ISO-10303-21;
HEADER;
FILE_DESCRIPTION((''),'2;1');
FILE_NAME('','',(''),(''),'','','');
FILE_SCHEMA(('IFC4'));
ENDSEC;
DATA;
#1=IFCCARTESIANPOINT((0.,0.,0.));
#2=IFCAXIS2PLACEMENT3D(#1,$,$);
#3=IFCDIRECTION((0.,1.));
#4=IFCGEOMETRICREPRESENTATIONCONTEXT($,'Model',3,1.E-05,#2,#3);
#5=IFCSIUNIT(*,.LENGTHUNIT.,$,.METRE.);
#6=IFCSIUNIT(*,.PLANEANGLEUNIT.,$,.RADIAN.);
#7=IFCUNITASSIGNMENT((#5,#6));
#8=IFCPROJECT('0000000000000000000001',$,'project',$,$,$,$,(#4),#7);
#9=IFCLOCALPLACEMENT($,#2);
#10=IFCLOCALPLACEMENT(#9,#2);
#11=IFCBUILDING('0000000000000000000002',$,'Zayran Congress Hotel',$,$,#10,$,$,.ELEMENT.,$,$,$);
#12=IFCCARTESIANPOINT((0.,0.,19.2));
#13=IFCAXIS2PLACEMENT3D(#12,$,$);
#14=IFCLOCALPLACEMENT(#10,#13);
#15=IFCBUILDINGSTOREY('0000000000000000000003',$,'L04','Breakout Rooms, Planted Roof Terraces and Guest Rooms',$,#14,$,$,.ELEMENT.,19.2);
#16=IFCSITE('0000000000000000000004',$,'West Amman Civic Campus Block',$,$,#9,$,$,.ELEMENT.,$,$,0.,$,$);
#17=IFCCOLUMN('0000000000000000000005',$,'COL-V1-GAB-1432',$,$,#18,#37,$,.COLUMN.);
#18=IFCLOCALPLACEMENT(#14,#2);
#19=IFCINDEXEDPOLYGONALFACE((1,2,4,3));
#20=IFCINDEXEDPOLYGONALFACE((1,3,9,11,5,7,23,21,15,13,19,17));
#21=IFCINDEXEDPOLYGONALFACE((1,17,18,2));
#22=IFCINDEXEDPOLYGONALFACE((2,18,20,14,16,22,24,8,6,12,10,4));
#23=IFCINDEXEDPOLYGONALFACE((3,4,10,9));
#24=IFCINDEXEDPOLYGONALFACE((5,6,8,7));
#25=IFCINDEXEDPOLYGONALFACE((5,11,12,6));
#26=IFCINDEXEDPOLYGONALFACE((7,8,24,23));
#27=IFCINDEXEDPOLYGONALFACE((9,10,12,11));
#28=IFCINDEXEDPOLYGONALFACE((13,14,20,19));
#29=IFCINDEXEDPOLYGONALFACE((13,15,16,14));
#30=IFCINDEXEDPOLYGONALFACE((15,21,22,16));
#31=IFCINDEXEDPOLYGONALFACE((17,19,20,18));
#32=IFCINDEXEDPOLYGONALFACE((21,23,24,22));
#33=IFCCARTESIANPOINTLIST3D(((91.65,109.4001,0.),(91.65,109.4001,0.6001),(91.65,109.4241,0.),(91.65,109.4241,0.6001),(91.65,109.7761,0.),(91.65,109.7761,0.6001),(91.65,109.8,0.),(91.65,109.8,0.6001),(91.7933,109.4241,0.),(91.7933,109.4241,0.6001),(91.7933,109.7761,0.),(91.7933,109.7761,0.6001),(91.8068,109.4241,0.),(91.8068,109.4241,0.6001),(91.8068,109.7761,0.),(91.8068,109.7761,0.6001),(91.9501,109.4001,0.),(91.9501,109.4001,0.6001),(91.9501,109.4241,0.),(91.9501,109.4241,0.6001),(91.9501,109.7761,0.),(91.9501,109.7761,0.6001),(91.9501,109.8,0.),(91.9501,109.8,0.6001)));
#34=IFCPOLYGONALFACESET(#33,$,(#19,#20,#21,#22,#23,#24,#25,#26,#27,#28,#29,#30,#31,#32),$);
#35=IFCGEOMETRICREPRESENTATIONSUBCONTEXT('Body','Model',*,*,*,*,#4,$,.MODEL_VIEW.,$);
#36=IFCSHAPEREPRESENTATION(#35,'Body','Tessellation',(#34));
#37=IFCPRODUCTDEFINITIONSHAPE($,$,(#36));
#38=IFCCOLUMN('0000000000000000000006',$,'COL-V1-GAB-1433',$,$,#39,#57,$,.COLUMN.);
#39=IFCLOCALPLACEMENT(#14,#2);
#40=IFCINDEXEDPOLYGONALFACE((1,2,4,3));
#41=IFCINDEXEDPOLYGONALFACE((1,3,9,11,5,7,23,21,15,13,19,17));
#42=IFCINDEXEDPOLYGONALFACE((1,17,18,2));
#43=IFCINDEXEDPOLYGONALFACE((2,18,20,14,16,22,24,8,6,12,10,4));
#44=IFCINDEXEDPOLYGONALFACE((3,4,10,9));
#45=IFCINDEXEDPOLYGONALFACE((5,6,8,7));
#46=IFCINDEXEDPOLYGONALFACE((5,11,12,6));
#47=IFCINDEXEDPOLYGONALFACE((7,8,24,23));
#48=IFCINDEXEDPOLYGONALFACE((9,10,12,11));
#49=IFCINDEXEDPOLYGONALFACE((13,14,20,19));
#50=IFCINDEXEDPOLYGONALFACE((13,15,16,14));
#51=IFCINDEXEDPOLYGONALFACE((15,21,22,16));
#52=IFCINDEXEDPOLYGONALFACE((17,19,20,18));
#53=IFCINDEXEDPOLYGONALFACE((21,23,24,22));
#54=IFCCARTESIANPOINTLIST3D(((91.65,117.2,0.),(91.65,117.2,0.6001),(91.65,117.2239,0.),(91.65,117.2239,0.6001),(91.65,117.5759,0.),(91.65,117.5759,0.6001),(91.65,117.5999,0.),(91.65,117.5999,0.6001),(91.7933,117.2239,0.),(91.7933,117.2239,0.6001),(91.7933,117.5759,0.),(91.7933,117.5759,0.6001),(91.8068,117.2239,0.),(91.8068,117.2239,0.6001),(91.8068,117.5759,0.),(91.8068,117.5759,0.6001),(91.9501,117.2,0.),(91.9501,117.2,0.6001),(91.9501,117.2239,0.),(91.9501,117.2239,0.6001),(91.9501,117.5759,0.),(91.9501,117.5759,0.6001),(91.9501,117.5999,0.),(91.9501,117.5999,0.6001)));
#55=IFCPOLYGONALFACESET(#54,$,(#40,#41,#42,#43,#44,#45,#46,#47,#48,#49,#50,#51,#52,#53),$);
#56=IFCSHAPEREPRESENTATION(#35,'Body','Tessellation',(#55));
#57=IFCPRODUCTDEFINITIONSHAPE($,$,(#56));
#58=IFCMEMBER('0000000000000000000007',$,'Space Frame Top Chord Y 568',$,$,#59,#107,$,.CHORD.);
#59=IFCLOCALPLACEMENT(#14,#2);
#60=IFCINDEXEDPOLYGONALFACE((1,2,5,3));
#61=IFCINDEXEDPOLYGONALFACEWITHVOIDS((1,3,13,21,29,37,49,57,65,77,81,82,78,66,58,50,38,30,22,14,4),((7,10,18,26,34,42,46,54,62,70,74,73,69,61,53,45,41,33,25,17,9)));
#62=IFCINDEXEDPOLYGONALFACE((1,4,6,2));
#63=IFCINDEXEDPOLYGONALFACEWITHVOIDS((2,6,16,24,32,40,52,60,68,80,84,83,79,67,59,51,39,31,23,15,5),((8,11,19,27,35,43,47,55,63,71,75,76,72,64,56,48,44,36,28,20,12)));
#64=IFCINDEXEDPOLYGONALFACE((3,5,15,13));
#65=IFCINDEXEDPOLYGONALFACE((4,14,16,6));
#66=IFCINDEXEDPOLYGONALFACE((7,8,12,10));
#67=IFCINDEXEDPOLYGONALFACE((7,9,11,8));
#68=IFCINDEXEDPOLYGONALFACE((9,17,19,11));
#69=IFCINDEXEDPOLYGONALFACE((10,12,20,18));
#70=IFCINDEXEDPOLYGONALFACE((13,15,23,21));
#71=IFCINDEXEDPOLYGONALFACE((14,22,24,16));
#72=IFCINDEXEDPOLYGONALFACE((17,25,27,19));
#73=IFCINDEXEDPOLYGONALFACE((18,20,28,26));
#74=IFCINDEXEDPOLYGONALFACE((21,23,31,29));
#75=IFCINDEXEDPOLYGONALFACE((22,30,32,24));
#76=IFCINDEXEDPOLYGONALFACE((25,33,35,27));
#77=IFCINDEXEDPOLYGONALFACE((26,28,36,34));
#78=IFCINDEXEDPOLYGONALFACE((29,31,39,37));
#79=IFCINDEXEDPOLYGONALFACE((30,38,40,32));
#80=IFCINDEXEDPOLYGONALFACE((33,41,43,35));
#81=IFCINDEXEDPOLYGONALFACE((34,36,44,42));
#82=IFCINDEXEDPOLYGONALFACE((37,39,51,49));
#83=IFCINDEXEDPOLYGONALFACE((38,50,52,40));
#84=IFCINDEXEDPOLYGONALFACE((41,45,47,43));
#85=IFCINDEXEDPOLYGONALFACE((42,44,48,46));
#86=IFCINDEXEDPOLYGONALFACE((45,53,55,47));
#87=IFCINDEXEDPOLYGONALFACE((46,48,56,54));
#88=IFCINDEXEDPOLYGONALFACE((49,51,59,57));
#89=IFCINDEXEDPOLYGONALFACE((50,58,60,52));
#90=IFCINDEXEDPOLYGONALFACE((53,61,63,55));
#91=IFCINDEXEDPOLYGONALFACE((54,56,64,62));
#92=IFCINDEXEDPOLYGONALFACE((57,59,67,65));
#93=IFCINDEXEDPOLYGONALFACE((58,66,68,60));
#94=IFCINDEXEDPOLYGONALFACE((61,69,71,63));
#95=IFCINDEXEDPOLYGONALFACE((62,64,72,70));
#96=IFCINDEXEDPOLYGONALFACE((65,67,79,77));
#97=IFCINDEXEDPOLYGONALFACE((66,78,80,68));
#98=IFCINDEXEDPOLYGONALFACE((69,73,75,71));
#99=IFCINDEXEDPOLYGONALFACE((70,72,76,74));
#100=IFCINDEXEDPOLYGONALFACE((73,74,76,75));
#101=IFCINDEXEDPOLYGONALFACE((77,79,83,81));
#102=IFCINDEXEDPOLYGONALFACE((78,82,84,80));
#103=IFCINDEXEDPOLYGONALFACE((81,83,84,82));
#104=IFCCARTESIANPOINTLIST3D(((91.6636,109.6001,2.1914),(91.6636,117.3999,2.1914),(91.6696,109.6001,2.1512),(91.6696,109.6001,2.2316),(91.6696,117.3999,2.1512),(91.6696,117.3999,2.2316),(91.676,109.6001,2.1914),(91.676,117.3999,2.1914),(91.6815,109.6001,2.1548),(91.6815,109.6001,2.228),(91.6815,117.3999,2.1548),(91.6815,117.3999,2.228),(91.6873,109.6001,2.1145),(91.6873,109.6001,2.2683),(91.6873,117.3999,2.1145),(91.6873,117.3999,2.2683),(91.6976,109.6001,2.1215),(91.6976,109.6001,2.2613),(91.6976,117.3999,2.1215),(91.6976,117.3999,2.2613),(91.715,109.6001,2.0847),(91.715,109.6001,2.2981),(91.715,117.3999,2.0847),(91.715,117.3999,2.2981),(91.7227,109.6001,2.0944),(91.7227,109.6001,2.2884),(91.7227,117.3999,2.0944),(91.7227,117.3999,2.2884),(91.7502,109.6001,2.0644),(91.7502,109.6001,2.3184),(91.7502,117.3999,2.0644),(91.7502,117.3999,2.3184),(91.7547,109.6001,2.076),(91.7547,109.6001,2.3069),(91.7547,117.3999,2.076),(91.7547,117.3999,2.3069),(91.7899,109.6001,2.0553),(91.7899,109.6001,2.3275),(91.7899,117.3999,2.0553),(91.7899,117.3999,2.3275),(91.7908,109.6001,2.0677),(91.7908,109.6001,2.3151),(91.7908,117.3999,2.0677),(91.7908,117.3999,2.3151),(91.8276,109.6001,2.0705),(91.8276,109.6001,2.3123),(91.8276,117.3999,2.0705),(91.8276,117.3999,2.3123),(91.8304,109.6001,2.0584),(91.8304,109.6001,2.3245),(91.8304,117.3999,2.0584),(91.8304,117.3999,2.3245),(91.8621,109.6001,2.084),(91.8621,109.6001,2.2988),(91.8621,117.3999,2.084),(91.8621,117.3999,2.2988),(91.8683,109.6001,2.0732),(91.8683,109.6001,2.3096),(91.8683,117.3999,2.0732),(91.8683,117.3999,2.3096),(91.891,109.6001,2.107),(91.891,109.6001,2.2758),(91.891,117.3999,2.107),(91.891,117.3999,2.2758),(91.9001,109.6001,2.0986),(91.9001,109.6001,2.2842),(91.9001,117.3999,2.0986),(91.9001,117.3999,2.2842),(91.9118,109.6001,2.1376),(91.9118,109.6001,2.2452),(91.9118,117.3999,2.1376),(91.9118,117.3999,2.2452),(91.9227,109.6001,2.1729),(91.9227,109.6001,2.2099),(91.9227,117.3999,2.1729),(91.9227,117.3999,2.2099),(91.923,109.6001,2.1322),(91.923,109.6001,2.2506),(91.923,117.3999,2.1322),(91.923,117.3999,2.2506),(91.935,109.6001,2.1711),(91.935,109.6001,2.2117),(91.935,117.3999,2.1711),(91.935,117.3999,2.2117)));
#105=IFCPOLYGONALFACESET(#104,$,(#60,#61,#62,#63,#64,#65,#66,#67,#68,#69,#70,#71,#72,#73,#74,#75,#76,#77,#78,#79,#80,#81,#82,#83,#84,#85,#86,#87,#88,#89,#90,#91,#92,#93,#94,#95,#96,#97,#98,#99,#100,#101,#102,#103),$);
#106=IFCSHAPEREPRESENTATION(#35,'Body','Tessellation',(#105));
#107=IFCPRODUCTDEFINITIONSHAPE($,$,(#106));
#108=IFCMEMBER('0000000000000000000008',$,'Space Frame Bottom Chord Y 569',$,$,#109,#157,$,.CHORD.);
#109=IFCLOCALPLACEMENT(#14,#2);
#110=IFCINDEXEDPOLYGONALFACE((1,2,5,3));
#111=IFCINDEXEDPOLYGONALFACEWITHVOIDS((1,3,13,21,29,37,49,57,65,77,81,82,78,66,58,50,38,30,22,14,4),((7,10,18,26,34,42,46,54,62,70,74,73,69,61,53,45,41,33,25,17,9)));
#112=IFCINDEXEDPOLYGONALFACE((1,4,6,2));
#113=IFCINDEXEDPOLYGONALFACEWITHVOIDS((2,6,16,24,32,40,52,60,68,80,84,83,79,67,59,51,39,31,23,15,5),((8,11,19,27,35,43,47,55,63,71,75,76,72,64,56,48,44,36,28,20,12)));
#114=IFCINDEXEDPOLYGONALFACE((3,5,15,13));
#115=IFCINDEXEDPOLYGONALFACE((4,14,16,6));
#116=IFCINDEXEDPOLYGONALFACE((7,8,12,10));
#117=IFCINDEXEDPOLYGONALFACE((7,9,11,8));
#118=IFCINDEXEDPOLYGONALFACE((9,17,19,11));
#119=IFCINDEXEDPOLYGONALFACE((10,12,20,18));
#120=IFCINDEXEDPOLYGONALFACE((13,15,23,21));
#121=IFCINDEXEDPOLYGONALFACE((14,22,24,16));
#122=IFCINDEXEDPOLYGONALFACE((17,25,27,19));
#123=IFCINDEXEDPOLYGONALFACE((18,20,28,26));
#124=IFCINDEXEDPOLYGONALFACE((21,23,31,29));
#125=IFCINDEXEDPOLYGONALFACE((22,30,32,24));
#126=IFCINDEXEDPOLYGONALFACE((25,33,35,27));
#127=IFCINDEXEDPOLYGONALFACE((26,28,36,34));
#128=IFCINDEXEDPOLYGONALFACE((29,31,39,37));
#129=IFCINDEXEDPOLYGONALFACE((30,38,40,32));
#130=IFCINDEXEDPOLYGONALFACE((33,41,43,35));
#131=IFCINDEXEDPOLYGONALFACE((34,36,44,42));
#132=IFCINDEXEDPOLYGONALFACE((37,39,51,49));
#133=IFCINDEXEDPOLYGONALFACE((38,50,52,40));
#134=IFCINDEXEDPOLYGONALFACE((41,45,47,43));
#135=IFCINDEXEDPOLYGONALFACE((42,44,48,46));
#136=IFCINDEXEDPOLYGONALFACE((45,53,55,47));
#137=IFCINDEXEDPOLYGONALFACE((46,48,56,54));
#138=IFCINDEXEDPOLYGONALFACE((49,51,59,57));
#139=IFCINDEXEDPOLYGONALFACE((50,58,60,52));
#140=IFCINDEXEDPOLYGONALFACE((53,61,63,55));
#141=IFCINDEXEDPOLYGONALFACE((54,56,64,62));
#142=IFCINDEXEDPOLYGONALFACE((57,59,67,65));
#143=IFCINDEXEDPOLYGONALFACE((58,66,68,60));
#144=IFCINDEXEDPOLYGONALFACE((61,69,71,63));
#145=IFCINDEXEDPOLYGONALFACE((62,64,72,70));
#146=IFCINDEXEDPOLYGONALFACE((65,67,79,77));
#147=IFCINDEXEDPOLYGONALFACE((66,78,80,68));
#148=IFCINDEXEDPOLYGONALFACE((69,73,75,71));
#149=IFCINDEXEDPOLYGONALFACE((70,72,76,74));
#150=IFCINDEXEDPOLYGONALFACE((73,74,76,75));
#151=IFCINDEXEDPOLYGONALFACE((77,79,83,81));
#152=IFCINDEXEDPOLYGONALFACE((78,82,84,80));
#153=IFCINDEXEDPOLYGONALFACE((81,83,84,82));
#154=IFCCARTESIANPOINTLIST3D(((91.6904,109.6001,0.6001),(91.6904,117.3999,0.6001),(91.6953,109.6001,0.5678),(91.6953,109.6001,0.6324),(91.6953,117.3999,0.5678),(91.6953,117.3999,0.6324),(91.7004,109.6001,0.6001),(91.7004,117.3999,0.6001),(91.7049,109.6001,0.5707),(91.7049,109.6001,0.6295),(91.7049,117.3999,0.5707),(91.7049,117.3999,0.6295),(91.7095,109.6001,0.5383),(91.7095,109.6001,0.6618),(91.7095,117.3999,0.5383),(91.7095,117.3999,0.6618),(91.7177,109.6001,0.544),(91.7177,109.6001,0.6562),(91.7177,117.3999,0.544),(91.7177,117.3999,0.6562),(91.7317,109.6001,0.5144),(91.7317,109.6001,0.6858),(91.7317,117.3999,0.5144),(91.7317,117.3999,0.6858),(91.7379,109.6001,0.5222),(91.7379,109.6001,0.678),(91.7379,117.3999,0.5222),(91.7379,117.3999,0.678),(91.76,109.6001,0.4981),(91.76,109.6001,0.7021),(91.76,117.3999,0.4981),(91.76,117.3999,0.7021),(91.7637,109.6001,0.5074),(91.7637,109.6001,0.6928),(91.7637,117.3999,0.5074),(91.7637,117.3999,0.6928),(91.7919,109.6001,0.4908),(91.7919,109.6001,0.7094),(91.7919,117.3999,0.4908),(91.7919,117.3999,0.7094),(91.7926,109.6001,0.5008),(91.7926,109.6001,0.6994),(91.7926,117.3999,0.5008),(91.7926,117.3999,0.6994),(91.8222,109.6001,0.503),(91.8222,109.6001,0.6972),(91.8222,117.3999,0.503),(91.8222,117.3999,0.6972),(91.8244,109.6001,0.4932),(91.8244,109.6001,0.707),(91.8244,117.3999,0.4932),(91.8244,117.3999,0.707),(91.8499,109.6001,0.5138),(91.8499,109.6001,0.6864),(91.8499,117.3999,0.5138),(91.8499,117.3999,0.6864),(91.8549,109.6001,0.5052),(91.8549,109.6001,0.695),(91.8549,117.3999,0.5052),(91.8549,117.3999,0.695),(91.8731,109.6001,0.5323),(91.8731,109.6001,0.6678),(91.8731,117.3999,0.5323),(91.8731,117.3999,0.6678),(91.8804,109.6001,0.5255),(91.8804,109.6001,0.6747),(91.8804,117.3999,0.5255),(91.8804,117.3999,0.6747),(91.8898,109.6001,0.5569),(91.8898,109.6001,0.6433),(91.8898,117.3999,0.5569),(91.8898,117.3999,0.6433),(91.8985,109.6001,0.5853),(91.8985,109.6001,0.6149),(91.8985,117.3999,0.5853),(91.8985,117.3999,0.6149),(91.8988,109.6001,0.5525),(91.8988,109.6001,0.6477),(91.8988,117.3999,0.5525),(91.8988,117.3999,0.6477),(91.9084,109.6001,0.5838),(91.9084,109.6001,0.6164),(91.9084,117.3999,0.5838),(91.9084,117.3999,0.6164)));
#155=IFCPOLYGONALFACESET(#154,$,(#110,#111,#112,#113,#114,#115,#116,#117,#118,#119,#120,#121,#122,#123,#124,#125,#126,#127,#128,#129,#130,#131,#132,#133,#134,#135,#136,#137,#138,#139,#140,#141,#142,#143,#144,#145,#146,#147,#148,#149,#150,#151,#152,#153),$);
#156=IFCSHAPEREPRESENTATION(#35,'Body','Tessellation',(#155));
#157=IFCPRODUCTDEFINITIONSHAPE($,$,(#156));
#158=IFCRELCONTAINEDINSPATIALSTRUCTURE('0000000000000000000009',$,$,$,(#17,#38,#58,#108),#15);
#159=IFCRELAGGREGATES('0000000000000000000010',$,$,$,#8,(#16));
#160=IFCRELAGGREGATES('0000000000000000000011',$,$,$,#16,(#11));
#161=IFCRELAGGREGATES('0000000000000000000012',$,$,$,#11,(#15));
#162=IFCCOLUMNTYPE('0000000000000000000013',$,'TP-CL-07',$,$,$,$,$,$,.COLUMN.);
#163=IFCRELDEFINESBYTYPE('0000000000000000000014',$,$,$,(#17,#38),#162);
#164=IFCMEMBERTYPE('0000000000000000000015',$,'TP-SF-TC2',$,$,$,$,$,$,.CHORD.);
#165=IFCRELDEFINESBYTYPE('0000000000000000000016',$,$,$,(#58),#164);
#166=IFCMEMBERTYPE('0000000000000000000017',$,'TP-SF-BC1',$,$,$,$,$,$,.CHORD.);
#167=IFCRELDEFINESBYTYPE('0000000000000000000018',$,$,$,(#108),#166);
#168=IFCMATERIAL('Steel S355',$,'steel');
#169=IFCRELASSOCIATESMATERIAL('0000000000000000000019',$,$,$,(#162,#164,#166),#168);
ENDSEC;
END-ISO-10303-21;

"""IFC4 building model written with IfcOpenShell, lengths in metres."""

from ifc_helpers import new_model, si_unit, direction, frame, origin, origin_2d, place, context, subcontext, project, spatial, hollow_circle, i_section, extrude, material, material_profile, profile_set, type_object, element, save


model = new_model("IFC4")

# Units and contexts
model_context = context("Model", 3, precision=1e-05, world=origin(), true_north=direction((0.0, 1.0)))
body_context = subcontext(model_context, "Body", "Model", "MODEL_VIEW")
ifc_project = project(units=[si_unit("LENGTHUNIT", "METRE"), si_unit("PLANEANGLEUNIT", "RADIAN")], contexts=[model_context])

# Site, building, storey
site_placement = place(None, origin())
site = spatial("IfcSite", under=ifc_project, at=site_placement, Name="West Amman Civic Campus Block", CompositionType="ELEMENT", RefElevation=0.0)
building_placement = place(site_placement, origin())
building = spatial("IfcBuilding", under=site, at=building_placement, Name="Zayran Congress Hotel", CompositionType="ELEMENT")
storey_placement = place(building_placement, frame((0.0, 0.0, 19.2)))
storey = spatial("IfcBuildingStorey", under=building, at=storey_placement, Name="L04", Description="Breakout Rooms, Planted Roof Terraces and Guest Rooms", CompositionType="ELEMENT", Elevation=19.2)

# Columns
ifc_material_1 = material(Name="Steel S355", Category="steel")
ifc_material_profile_1 = material_profile(ifc_material_1, i_section(OverallWidth=0.3, OverallDepth=0.3999, WebThickness=0.0134, FlangeThickness=0.0239, at=origin_2d()), Name="HEB 400")
ifc_profile_set_1 = profile_set([ifc_material_profile_1], Name="Steel S355")
column_type = type_object("IfcColumnType", Name="TP-CL-07", PredefinedType="COLUMN", material=ifc_profile_set_1)
for number, where, z_axis, x_axis, name in (
    (1, (91.8, 109.6001, 0.0), (0.0, 0.0, 1.0), (1.0, 0.0, 0.0), "COL-V1-GAB-1432"),
    (2, (91.8, 117.3999, 0.0), (0.0, 0.0, 1.0), (1.0, 0.0, 0.0), "COL-V1-GAB-1433"),
):
    element("IfcColumn", number, at=place(storey_placement, frame(where, z_axis=z_axis, x_axis=x_axis)), inside=storey, type_object=column_type, Name=name, PredefinedType="COLUMN", context=body_context, shape_type="SweptSolid", body=[
        extrude(i_section(OverallWidth=0.3, OverallDepth=0.3999, WebThickness=0.0134, FlangeThickness=0.0239, at=origin_2d()), origin(), (0.0, 0.0, 1.0), 0.6001),
    ])

# Members
ifc_material_profile_2 = material_profile(ifc_material_1, hollow_circle(Radius=0.1365, WallThickness=0.0125, at=origin_2d()), Name="CHS 273x12.5")
ifc_profile_set_2 = profile_set([ifc_material_profile_2], Name="Steel S355")
member_type_1 = type_object("IfcMemberType", Name="TP-SF-TC2", PredefinedType="CHORD", material=ifc_profile_set_2)
member_1_placement = place(storey_placement, frame((91.8, 109.6001, 2.1914), z_axis=(0.0, 1.0, 0.0), x_axis=(-1.0, 0.0, 0.0)))
element("IfcMember", 3, at=member_1_placement, inside=storey, type_object=member_type_1, Name="Space Frame Top Chord Y 568", PredefinedType="CHORD", context=body_context, shape_type="SweptSolid", body=[
    extrude(hollow_circle(Radius=0.1365, WallThickness=0.0125, at=origin_2d()), origin(), (0.0, 0.0, 1.0), 7.7998),
])
ifc_material_profile_3 = material_profile(ifc_material_1, hollow_circle(Radius=0.1096, WallThickness=0.01, at=origin_2d()), Name="CHS 219.1x10")
ifc_profile_set_3 = profile_set([ifc_material_profile_3], Name="Steel S355")
member_type_2 = type_object("IfcMemberType", Name="TP-SF-BC1", PredefinedType="CHORD", material=ifc_profile_set_3)
member_2_placement = place(storey_placement, frame((91.8, 109.6001, 0.6001), z_axis=(0.0, 1.0, 0.0), x_axis=(-1.0, 0.0, 0.0)))
element("IfcMember", 4, at=member_2_placement, inside=storey, type_object=member_type_2, Name="Space Frame Bottom Chord Y 569", PredefinedType="CHORD", context=body_context, shape_type="SweptSolid", body=[
    extrude(hollow_circle(Radius=0.1096, WallThickness=0.01, at=origin_2d()), origin(), (0.0, 0.0, 1.0), 7.7998),
])

save(model, "model.ifc")
